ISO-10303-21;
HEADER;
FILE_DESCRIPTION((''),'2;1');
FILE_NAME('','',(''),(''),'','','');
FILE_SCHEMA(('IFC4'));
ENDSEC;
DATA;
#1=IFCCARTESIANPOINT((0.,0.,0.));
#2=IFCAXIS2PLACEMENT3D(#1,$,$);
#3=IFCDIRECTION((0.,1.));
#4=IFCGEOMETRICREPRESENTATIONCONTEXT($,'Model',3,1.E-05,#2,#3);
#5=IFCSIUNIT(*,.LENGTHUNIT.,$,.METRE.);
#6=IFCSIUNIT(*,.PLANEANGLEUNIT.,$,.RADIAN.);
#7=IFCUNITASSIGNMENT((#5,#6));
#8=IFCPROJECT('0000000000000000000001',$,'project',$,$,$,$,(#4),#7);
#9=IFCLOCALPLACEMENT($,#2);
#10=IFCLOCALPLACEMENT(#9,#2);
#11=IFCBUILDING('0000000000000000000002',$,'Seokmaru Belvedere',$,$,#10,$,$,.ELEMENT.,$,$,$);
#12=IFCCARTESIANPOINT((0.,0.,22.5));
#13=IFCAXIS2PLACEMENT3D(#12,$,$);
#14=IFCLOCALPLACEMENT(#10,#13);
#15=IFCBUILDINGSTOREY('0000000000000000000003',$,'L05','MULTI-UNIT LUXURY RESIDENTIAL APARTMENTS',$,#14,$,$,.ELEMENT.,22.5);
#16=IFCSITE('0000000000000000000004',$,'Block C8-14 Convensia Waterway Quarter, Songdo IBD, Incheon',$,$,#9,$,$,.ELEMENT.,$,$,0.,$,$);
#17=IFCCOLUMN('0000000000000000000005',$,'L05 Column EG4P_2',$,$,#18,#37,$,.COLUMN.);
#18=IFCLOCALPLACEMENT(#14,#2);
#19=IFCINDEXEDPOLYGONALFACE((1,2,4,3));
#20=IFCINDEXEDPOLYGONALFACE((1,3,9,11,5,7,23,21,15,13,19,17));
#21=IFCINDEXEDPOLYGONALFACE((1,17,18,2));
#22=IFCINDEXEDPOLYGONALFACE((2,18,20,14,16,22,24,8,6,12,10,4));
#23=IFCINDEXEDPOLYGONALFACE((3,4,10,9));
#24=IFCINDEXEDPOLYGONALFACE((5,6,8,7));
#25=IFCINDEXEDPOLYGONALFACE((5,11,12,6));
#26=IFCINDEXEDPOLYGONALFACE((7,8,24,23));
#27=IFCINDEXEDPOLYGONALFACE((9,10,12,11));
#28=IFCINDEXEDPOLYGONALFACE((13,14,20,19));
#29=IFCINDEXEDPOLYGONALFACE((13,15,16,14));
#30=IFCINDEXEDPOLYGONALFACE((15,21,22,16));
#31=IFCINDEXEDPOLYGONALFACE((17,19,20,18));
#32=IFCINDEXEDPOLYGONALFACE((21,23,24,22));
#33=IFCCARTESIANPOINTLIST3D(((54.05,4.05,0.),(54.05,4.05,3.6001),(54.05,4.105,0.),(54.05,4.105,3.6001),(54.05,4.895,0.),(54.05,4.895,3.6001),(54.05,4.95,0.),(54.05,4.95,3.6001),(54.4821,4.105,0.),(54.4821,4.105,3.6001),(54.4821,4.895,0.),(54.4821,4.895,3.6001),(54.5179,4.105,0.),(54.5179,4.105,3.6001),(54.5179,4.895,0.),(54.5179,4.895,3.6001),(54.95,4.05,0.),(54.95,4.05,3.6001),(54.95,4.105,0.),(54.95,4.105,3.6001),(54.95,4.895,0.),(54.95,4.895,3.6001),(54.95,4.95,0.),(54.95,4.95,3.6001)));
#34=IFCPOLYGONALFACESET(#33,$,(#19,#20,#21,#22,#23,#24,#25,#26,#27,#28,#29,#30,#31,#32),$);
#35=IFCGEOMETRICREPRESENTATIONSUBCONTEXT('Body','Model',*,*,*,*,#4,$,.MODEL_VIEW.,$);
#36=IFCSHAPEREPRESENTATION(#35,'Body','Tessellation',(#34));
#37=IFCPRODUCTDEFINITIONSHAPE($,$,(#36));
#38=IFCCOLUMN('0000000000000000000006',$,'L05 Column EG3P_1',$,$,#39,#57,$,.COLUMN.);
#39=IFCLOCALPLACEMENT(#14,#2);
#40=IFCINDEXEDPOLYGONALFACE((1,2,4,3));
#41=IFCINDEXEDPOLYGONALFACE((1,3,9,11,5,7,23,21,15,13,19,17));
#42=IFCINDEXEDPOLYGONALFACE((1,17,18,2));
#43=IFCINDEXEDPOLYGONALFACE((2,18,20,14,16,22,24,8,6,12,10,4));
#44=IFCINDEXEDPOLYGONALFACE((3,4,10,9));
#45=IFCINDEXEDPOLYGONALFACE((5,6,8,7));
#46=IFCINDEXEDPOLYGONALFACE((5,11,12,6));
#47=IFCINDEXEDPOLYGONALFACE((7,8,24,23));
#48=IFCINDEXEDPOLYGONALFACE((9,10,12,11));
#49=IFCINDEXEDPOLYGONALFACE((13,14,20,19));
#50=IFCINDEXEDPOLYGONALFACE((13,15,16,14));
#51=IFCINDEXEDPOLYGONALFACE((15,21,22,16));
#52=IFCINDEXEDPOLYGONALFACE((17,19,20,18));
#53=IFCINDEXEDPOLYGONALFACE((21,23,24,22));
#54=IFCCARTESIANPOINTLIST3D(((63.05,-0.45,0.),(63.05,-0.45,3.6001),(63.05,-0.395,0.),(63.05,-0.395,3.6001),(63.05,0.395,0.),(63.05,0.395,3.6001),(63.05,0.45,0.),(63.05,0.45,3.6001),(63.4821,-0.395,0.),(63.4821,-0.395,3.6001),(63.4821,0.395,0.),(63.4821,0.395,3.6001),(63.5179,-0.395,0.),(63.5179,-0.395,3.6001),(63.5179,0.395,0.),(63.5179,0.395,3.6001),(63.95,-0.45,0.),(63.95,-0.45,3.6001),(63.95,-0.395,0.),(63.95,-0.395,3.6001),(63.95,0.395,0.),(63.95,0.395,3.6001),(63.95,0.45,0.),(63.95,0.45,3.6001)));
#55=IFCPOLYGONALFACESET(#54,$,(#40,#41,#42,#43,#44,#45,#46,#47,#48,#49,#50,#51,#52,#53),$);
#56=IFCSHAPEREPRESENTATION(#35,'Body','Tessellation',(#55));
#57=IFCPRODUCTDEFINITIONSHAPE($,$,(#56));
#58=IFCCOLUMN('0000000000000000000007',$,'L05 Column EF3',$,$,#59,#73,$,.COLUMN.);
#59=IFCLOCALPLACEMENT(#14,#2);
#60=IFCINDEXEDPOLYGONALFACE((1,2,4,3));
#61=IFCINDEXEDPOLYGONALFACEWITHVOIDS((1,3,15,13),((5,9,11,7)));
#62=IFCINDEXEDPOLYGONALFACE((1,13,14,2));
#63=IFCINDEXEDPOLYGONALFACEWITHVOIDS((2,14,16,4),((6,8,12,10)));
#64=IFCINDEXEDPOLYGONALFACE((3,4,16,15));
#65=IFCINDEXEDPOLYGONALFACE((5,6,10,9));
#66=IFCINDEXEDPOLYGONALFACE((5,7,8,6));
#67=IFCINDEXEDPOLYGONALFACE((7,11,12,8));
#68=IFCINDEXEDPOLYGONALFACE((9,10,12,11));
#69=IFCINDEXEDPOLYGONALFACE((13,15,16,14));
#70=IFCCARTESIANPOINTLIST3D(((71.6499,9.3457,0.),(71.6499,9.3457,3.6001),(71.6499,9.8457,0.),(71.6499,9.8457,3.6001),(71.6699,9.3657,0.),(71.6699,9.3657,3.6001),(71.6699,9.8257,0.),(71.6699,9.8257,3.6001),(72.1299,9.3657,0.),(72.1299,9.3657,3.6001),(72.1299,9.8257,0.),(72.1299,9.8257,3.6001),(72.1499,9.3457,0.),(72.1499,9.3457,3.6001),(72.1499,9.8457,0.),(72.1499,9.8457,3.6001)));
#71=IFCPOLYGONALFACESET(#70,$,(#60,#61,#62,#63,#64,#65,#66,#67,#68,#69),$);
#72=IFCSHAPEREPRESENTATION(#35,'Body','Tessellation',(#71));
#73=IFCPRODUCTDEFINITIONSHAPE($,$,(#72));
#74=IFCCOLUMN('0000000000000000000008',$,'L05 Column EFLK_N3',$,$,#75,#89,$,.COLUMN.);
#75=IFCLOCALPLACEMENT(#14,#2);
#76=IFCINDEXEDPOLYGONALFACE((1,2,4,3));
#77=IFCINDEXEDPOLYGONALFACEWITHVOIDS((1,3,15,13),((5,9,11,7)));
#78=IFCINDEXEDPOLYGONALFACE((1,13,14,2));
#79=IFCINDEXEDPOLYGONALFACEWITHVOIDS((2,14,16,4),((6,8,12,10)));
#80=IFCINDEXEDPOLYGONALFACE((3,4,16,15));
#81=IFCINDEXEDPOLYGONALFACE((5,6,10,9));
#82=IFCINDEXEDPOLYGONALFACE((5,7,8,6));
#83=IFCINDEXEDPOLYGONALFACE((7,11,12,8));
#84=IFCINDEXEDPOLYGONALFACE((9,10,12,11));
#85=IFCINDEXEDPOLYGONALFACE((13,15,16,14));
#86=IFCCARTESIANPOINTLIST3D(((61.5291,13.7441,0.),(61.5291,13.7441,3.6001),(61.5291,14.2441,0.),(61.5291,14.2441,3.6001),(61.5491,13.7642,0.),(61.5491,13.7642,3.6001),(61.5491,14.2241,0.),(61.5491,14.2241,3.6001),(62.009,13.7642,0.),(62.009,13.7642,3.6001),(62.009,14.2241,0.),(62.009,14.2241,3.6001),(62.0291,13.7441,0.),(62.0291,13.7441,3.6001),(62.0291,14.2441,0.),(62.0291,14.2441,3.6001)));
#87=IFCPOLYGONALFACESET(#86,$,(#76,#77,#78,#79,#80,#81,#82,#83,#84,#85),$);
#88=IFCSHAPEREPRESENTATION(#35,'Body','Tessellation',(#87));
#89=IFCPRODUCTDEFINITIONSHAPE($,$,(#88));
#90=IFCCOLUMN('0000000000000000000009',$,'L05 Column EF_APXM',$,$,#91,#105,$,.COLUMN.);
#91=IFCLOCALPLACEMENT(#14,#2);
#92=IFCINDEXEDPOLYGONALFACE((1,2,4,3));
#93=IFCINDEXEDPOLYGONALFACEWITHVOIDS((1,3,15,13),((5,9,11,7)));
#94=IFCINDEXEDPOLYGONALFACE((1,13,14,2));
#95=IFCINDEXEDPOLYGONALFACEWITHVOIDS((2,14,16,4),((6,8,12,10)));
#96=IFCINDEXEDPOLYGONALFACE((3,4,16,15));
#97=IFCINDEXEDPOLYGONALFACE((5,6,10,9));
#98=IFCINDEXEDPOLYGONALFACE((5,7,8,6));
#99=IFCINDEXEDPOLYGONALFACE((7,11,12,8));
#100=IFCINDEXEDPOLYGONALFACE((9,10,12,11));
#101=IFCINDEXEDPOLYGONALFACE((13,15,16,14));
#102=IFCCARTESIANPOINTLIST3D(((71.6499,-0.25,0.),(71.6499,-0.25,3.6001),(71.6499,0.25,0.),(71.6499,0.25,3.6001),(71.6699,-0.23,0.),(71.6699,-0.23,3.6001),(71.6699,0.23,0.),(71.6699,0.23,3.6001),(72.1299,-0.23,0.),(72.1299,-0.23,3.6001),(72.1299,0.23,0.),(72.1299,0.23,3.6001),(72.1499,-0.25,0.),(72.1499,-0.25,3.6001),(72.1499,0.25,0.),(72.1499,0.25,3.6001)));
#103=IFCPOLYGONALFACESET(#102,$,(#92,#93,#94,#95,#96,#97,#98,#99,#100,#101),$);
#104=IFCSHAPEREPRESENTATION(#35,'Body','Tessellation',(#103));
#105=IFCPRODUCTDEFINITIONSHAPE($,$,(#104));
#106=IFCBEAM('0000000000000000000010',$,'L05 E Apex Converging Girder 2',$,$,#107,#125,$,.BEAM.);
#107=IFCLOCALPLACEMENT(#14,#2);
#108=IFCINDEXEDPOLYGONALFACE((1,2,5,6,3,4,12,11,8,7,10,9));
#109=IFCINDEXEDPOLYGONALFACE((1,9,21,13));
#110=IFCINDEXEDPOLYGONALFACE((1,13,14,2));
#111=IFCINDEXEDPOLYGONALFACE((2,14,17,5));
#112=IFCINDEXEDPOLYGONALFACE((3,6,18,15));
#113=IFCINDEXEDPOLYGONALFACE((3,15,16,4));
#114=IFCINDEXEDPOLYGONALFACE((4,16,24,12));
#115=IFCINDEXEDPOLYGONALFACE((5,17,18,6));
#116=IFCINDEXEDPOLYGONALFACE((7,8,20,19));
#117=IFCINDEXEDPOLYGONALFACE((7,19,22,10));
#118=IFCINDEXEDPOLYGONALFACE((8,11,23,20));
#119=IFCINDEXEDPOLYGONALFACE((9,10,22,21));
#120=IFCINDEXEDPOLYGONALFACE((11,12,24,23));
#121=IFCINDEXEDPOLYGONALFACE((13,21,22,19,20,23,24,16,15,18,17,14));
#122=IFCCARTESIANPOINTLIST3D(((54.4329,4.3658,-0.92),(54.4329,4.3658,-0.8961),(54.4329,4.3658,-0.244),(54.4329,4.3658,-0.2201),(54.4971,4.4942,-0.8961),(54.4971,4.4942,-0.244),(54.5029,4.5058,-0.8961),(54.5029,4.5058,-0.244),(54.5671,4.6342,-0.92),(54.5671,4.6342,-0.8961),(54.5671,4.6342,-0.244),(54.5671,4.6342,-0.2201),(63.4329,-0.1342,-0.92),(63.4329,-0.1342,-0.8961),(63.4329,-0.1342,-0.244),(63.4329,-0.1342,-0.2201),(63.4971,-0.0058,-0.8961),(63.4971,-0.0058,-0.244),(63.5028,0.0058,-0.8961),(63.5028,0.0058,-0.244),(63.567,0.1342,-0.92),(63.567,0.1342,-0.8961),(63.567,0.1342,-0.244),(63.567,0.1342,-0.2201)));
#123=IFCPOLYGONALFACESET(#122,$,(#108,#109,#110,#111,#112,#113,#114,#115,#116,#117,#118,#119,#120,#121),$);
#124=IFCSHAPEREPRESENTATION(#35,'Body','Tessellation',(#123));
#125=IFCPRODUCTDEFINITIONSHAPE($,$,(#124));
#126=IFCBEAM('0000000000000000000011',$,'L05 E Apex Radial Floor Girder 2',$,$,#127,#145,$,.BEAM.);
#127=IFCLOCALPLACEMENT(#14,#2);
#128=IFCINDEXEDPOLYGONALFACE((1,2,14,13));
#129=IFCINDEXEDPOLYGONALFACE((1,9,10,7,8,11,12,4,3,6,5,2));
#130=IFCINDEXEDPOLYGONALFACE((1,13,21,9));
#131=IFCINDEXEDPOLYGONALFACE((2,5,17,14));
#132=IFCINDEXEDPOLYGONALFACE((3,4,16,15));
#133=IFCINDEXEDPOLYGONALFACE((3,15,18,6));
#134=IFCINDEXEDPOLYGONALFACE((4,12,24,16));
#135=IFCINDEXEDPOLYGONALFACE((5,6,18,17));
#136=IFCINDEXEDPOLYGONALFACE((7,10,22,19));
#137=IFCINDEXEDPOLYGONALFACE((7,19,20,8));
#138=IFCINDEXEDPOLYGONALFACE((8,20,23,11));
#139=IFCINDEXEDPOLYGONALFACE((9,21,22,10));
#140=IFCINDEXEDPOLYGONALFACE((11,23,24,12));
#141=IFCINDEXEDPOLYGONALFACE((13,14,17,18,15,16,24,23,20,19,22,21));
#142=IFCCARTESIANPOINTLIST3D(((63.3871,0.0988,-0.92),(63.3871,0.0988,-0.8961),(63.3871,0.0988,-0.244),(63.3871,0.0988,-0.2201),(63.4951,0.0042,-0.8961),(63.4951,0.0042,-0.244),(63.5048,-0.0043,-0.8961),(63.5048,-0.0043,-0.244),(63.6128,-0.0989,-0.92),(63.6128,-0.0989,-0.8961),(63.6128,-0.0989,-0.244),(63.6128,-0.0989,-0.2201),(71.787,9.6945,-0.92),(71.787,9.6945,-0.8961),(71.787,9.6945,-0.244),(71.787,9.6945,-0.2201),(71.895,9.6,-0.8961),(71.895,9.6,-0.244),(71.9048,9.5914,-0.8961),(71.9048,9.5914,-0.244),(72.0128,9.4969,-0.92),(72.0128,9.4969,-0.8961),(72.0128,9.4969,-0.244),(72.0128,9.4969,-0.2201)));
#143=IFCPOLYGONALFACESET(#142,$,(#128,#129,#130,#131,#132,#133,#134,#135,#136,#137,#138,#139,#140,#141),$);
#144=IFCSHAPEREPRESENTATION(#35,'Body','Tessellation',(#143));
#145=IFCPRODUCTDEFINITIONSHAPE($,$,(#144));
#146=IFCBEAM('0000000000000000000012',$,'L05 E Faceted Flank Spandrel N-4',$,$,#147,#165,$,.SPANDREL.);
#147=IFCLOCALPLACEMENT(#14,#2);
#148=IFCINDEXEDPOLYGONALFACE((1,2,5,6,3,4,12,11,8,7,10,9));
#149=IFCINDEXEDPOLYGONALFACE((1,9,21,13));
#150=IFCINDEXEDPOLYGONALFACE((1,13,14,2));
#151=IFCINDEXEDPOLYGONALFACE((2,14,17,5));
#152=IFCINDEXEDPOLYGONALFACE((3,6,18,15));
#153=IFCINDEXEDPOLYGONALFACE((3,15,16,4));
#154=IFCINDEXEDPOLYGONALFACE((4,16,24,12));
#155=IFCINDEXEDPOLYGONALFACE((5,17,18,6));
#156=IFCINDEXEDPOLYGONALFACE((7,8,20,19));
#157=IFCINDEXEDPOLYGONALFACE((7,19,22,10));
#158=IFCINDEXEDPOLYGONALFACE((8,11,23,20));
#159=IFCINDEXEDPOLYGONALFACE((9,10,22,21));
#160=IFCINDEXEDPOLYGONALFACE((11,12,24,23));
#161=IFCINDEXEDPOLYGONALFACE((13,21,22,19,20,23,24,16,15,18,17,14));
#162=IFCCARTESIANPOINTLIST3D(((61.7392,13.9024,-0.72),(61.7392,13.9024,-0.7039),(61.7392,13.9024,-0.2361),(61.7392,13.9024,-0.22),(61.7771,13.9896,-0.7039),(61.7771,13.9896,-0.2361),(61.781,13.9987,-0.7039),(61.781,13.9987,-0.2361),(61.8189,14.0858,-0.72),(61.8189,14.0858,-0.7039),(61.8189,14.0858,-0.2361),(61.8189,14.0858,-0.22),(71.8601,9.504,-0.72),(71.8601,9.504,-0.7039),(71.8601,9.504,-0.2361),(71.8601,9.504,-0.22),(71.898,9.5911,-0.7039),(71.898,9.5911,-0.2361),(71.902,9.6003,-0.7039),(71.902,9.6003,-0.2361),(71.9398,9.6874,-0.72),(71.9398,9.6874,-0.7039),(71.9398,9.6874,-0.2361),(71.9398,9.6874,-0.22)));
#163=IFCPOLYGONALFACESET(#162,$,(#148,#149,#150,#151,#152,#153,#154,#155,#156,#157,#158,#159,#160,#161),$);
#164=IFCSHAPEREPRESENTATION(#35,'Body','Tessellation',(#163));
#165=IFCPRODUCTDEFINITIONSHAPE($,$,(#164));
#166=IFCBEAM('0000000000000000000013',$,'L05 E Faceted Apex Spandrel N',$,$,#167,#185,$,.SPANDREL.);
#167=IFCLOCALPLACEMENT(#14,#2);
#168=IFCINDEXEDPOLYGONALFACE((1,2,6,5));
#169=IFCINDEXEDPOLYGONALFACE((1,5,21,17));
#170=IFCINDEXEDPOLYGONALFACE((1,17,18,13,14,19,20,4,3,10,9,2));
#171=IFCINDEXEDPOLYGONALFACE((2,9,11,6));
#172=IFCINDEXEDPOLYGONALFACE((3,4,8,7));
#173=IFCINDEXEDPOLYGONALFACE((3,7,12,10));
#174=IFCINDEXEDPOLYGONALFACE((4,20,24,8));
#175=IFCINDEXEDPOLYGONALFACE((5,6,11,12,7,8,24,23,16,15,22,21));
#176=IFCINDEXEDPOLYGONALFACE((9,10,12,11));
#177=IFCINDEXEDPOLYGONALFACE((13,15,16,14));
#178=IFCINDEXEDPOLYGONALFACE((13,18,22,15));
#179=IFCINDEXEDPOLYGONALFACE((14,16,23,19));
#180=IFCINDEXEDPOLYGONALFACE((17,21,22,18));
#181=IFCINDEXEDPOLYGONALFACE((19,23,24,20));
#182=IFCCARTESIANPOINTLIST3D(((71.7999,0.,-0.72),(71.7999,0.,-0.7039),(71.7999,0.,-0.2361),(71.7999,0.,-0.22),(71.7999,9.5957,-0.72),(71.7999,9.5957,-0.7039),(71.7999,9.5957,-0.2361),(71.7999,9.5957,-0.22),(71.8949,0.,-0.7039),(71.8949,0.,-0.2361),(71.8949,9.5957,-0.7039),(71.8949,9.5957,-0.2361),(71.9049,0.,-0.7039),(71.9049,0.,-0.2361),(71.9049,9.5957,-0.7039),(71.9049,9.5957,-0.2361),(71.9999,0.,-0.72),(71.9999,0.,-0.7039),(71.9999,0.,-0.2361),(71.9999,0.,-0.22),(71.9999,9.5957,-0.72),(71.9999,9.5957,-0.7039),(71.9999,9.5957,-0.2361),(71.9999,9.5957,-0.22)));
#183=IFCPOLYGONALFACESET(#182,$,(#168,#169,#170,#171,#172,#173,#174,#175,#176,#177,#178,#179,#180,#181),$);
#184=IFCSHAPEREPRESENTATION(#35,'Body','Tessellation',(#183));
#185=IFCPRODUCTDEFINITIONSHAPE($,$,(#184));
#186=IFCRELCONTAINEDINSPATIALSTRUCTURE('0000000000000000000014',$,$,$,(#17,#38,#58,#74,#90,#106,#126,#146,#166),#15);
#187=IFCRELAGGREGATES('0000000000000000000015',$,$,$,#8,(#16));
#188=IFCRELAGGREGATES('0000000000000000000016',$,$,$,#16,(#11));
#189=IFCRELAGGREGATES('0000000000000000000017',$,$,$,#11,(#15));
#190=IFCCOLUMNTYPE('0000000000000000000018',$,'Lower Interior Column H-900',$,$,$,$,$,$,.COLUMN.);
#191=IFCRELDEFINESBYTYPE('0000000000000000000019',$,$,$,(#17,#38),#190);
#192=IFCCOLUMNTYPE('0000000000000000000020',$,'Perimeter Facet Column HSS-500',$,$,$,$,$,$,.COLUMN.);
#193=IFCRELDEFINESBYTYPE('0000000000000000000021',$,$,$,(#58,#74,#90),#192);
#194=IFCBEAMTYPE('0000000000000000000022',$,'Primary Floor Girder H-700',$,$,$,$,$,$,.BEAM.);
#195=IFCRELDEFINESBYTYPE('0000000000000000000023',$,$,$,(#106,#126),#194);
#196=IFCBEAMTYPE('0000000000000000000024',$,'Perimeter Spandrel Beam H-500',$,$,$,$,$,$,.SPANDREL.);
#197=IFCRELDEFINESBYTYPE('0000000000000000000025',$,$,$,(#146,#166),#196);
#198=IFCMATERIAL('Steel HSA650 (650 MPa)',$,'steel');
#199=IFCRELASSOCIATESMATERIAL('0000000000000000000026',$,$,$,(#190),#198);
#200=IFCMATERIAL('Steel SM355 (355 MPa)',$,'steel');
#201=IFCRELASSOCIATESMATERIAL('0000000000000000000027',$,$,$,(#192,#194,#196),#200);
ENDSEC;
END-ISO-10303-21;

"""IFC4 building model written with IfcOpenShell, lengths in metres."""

from ifc_helpers import new_model, si_unit, direction, frame, origin, origin_2d, place, context, subcontext, project, spatial, hollow_rectangle, i_section, extrude, source, transform, mapped, material, material_profile, profile_set, type_object, type_shapes, element, save


model = new_model("IFC4")

# Units and contexts
model_context = context("Model", 3, precision=1e-05, world=origin(), true_north=direction((0.0, 1.0)))
body_context = subcontext(model_context, "Body", "Model", "MODEL_VIEW")
ifc_project = project(units=[si_unit("LENGTHUNIT", "METRE"), si_unit("PLANEANGLEUNIT", "RADIAN")], contexts=[model_context])

# Site, building, storey
site_placement = place(None, origin())
site = spatial("IfcSite", under=ifc_project, at=site_placement, Name="Block C8-14 Convensia Waterway Quarter, Songdo IBD, Incheon", CompositionType="ELEMENT", RefElevation=0.0)
building_placement = place(site_placement, origin())
building = spatial("IfcBuilding", under=site, at=building_placement, Name="Seokmaru Belvedere", CompositionType="ELEMENT")
storey_placement = place(building_placement, frame((0.0, 0.0, 22.5)))
storey = spatial("IfcBuildingStorey", under=building, at=storey_placement, Name="L05", Description="MULTI-UNIT LUXURY RESIDENTIAL APARTMENTS", CompositionType="ELEMENT", Elevation=22.5)

# Columns
ifc_material_1 = material(Name="Steel HSA650 (650 MPa)", Category="steel")
ifc_material_profile_1 = material_profile(ifc_material_1, i_section(OverallWidth=0.8999, OverallDepth=0.8999, WebThickness=0.0359, FlangeThickness=0.0549, at=origin_2d()), Name="H-900x900x36x55")
ifc_profile_set_1 = profile_set([ifc_material_profile_1], Name="Steel HSA650 (650 MPa)")
column_type_1 = type_object("IfcColumnType", Name="Lower Interior Column H-900", PredefinedType="COLUMN", material=ifc_profile_set_1)
shared_shape_1 = source(origin(), body_context, "Body", "SweptSolid", [
    extrude(i_section(OverallWidth=0.8999, OverallDepth=0.8999, WebThickness=0.0359, FlangeThickness=0.0549, at=origin_2d()), origin(), (0.0, 0.0, 1.0), 3.6001),
])
type_shapes(column_type_1, [shared_shape_1])
for number, where, z_axis, x_axis, name in (
    (1, (54.5, 4.5, 0.0), (0.0, 0.0, 1.0), (1.0, 0.0, 0.0), "L05 Column EG4P_2"),
    (2, (63.5, 0.0, 0.0), (0.0, 0.0, 1.0), (1.0, 0.0, 0.0), "L05 Column EG3P_1"),
):
    element("IfcColumn", number, at=place(storey_placement, frame(where, z_axis=z_axis, x_axis=x_axis)), inside=storey, type_object=column_type_1, Name=name, PredefinedType="COLUMN", context=body_context, shape_type="MappedRepresentation", body=[
        mapped(shared_shape_1, transform((0.0, 0.0, 0.0), scale=1.0)),
    ])
ifc_material_2 = material(Name="Steel SM355 (355 MPa)", Category="steel")
ifc_material_profile_2 = material_profile(ifc_material_2, hollow_rectangle(XDim=0.5, YDim=0.5, WallThickness=0.02, at=origin_2d()), Name="HSS-500x500x20")
ifc_profile_set_2 = profile_set([ifc_material_profile_2], Name="Steel SM355 (355 MPa)")
column_type_2 = type_object("IfcColumnType", Name="Perimeter Facet Column HSS-500", PredefinedType="COLUMN", material=ifc_profile_set_2)
shared_shape_2 = source(origin(), body_context, "Body", "SweptSolid", [
    extrude(hollow_rectangle(XDim=0.5, YDim=0.5, WallThickness=0.02, at=origin_2d()), origin(), (0.0, 0.0, 1.0), 3.6001),
])
type_shapes(column_type_2, [shared_shape_2])
for number, where, z_axis, x_axis, name in (
    (3, (71.8999, 9.5957, 0.0), (0.0, 0.0, 1.0), (1.0, 0.0, 0.0), "L05 Column EF3"),
    (4, (61.7791, 13.9941, 0.0), (0.0, 0.0, 1.0), (1.0, 0.0, 0.0), "L05 Column EFLK_N3"),
    (5, (71.8999, 0.0, 0.0), (0.0, 0.0, 1.0), (1.0, 0.0, 0.0), "L05 Column EF_APXM"),
):
    element("IfcColumn", number, at=place(storey_placement, frame(where, z_axis=z_axis, x_axis=x_axis)), inside=storey, type_object=column_type_2, Name=name, PredefinedType="COLUMN", context=body_context, shape_type="MappedRepresentation", body=[
        mapped(shared_shape_2, transform((0.0, 0.0, 0.0), scale=1.0)),
    ])

# Beams
ifc_material_profile_3 = material_profile(ifc_material_2, i_section(OverallWidth=0.3, OverallDepth=0.7, WebThickness=0.0129, FlangeThickness=0.0239, at=origin_2d()), Name="H-700x300x13x24")
ifc_profile_set_3 = profile_set([ifc_material_profile_3], Name="Steel SM355 (355 MPa)")
beam_type_1 = type_object("IfcBeamType", Name="Primary Floor Girder H-700", PredefinedType="BEAM", material=ifc_profile_set_3)
shared_shape_3 = source(origin(), body_context, "Body", "SweptSolid", [
    extrude(i_section(OverallWidth=0.3, OverallDepth=0.7, WebThickness=0.0129, FlangeThickness=0.0239, at=origin_2d()), origin(), (0.0, 0.0, 1.0), 10.0623),
])
beam_1_placement = place(storey_placement, frame((54.5, 4.5, -0.5701), z_axis=(0.894427, -0.447214, 0.0), x_axis=(0.447214, 0.894427, 0.0)))
element("IfcBeam", 6, at=beam_1_placement, inside=storey, type_object=beam_type_1, Name="L05 E Apex Converging Girder 2", PredefinedType="BEAM", context=body_context, shape_type="MappedRepresentation", body=[
    mapped(shared_shape_3, transform((0.0, 0.0, 0.0), scale=1.0)),
])
shared_shape_4 = source(origin(), body_context, "Body", "SweptSolid", [
    extrude(i_section(OverallWidth=0.3, OverallDepth=0.7, WebThickness=0.0129, FlangeThickness=0.0239, at=origin_2d()), origin(), (0.0, 0.0, 1.0), 12.7529),
])
beam_2_placement = place(storey_placement, frame((71.8999, 9.5957, -0.5701), z_axis=(-0.658667, -0.752434, 0.0), x_axis=(0.752434, -0.658667, 0.0)))
element("IfcBeam", 7, at=beam_2_placement, inside=storey, type_object=beam_type_1, Name="L05 E Apex Radial Floor Girder 2", PredefinedType="BEAM", context=body_context, shape_type="MappedRepresentation", body=[
    mapped(shared_shape_4, transform((0.0, 0.0, 0.0), scale=1.0)),
])
ifc_material_profile_4 = material_profile(ifc_material_2, i_section(OverallWidth=0.2, OverallDepth=0.5, WebThickness=0.01, FlangeThickness=0.0161, at=origin_2d()), Name="H-500x200x10x16")
ifc_profile_set_4 = profile_set([ifc_material_profile_4], Name="Steel SM355 (355 MPa)")
beam_type_2 = type_object("IfcBeamType", Name="Perimeter Spandrel Beam H-500", PredefinedType="SPANDREL", material=ifc_profile_set_4)
shared_shape_5 = source(origin(), body_context, "Body", "SweptSolid", [
    extrude(i_section(OverallWidth=0.2, OverallDepth=0.5, WebThickness=0.01, FlangeThickness=0.0161, at=origin_2d()), origin(), (0.0, 0.0, 1.0), 11.0354),
])
beam_3_placement = place(storey_placement, frame((61.7791, 13.9941, -0.47), z_axis=(0.917134, -0.398579, 0.0), x_axis=(0.398579, 0.917134, 0.0)))
element("IfcBeam", 8, at=beam_3_placement, inside=storey, type_object=beam_type_2, Name="L05 E Faceted Flank Spandrel N-4", PredefinedType="SPANDREL", context=body_context, shape_type="MappedRepresentation", body=[
    mapped(shared_shape_5, transform((0.0, 0.0, 0.0), scale=1.0)),
])
shared_shape_6 = source(origin(), body_context, "Body", "SweptSolid", [
    extrude(i_section(OverallWidth=0.2, OverallDepth=0.5, WebThickness=0.01, FlangeThickness=0.0161, at=origin_2d()), origin(), (0.0, 0.0, 1.0), 9.5957),
])
type_shapes(beam_type_2, [shared_shape_5, shared_shape_6])
beam_4_placement = place(storey_placement, frame((71.8999, 0.0, -0.47), z_axis=(0.0, 1.0, 0.0), x_axis=(-1.0, 0.0, 0.0)))
element("IfcBeam", 9, at=beam_4_placement, inside=storey, type_object=beam_type_2, Name="L05 E Faceted Apex Spandrel N", PredefinedType="SPANDREL", context=body_context, shape_type="MappedRepresentation", body=[
    mapped(shared_shape_6, transform((0.0, 0.0, 0.0), scale=1.0)),
])

save(model, "model.ifc")
